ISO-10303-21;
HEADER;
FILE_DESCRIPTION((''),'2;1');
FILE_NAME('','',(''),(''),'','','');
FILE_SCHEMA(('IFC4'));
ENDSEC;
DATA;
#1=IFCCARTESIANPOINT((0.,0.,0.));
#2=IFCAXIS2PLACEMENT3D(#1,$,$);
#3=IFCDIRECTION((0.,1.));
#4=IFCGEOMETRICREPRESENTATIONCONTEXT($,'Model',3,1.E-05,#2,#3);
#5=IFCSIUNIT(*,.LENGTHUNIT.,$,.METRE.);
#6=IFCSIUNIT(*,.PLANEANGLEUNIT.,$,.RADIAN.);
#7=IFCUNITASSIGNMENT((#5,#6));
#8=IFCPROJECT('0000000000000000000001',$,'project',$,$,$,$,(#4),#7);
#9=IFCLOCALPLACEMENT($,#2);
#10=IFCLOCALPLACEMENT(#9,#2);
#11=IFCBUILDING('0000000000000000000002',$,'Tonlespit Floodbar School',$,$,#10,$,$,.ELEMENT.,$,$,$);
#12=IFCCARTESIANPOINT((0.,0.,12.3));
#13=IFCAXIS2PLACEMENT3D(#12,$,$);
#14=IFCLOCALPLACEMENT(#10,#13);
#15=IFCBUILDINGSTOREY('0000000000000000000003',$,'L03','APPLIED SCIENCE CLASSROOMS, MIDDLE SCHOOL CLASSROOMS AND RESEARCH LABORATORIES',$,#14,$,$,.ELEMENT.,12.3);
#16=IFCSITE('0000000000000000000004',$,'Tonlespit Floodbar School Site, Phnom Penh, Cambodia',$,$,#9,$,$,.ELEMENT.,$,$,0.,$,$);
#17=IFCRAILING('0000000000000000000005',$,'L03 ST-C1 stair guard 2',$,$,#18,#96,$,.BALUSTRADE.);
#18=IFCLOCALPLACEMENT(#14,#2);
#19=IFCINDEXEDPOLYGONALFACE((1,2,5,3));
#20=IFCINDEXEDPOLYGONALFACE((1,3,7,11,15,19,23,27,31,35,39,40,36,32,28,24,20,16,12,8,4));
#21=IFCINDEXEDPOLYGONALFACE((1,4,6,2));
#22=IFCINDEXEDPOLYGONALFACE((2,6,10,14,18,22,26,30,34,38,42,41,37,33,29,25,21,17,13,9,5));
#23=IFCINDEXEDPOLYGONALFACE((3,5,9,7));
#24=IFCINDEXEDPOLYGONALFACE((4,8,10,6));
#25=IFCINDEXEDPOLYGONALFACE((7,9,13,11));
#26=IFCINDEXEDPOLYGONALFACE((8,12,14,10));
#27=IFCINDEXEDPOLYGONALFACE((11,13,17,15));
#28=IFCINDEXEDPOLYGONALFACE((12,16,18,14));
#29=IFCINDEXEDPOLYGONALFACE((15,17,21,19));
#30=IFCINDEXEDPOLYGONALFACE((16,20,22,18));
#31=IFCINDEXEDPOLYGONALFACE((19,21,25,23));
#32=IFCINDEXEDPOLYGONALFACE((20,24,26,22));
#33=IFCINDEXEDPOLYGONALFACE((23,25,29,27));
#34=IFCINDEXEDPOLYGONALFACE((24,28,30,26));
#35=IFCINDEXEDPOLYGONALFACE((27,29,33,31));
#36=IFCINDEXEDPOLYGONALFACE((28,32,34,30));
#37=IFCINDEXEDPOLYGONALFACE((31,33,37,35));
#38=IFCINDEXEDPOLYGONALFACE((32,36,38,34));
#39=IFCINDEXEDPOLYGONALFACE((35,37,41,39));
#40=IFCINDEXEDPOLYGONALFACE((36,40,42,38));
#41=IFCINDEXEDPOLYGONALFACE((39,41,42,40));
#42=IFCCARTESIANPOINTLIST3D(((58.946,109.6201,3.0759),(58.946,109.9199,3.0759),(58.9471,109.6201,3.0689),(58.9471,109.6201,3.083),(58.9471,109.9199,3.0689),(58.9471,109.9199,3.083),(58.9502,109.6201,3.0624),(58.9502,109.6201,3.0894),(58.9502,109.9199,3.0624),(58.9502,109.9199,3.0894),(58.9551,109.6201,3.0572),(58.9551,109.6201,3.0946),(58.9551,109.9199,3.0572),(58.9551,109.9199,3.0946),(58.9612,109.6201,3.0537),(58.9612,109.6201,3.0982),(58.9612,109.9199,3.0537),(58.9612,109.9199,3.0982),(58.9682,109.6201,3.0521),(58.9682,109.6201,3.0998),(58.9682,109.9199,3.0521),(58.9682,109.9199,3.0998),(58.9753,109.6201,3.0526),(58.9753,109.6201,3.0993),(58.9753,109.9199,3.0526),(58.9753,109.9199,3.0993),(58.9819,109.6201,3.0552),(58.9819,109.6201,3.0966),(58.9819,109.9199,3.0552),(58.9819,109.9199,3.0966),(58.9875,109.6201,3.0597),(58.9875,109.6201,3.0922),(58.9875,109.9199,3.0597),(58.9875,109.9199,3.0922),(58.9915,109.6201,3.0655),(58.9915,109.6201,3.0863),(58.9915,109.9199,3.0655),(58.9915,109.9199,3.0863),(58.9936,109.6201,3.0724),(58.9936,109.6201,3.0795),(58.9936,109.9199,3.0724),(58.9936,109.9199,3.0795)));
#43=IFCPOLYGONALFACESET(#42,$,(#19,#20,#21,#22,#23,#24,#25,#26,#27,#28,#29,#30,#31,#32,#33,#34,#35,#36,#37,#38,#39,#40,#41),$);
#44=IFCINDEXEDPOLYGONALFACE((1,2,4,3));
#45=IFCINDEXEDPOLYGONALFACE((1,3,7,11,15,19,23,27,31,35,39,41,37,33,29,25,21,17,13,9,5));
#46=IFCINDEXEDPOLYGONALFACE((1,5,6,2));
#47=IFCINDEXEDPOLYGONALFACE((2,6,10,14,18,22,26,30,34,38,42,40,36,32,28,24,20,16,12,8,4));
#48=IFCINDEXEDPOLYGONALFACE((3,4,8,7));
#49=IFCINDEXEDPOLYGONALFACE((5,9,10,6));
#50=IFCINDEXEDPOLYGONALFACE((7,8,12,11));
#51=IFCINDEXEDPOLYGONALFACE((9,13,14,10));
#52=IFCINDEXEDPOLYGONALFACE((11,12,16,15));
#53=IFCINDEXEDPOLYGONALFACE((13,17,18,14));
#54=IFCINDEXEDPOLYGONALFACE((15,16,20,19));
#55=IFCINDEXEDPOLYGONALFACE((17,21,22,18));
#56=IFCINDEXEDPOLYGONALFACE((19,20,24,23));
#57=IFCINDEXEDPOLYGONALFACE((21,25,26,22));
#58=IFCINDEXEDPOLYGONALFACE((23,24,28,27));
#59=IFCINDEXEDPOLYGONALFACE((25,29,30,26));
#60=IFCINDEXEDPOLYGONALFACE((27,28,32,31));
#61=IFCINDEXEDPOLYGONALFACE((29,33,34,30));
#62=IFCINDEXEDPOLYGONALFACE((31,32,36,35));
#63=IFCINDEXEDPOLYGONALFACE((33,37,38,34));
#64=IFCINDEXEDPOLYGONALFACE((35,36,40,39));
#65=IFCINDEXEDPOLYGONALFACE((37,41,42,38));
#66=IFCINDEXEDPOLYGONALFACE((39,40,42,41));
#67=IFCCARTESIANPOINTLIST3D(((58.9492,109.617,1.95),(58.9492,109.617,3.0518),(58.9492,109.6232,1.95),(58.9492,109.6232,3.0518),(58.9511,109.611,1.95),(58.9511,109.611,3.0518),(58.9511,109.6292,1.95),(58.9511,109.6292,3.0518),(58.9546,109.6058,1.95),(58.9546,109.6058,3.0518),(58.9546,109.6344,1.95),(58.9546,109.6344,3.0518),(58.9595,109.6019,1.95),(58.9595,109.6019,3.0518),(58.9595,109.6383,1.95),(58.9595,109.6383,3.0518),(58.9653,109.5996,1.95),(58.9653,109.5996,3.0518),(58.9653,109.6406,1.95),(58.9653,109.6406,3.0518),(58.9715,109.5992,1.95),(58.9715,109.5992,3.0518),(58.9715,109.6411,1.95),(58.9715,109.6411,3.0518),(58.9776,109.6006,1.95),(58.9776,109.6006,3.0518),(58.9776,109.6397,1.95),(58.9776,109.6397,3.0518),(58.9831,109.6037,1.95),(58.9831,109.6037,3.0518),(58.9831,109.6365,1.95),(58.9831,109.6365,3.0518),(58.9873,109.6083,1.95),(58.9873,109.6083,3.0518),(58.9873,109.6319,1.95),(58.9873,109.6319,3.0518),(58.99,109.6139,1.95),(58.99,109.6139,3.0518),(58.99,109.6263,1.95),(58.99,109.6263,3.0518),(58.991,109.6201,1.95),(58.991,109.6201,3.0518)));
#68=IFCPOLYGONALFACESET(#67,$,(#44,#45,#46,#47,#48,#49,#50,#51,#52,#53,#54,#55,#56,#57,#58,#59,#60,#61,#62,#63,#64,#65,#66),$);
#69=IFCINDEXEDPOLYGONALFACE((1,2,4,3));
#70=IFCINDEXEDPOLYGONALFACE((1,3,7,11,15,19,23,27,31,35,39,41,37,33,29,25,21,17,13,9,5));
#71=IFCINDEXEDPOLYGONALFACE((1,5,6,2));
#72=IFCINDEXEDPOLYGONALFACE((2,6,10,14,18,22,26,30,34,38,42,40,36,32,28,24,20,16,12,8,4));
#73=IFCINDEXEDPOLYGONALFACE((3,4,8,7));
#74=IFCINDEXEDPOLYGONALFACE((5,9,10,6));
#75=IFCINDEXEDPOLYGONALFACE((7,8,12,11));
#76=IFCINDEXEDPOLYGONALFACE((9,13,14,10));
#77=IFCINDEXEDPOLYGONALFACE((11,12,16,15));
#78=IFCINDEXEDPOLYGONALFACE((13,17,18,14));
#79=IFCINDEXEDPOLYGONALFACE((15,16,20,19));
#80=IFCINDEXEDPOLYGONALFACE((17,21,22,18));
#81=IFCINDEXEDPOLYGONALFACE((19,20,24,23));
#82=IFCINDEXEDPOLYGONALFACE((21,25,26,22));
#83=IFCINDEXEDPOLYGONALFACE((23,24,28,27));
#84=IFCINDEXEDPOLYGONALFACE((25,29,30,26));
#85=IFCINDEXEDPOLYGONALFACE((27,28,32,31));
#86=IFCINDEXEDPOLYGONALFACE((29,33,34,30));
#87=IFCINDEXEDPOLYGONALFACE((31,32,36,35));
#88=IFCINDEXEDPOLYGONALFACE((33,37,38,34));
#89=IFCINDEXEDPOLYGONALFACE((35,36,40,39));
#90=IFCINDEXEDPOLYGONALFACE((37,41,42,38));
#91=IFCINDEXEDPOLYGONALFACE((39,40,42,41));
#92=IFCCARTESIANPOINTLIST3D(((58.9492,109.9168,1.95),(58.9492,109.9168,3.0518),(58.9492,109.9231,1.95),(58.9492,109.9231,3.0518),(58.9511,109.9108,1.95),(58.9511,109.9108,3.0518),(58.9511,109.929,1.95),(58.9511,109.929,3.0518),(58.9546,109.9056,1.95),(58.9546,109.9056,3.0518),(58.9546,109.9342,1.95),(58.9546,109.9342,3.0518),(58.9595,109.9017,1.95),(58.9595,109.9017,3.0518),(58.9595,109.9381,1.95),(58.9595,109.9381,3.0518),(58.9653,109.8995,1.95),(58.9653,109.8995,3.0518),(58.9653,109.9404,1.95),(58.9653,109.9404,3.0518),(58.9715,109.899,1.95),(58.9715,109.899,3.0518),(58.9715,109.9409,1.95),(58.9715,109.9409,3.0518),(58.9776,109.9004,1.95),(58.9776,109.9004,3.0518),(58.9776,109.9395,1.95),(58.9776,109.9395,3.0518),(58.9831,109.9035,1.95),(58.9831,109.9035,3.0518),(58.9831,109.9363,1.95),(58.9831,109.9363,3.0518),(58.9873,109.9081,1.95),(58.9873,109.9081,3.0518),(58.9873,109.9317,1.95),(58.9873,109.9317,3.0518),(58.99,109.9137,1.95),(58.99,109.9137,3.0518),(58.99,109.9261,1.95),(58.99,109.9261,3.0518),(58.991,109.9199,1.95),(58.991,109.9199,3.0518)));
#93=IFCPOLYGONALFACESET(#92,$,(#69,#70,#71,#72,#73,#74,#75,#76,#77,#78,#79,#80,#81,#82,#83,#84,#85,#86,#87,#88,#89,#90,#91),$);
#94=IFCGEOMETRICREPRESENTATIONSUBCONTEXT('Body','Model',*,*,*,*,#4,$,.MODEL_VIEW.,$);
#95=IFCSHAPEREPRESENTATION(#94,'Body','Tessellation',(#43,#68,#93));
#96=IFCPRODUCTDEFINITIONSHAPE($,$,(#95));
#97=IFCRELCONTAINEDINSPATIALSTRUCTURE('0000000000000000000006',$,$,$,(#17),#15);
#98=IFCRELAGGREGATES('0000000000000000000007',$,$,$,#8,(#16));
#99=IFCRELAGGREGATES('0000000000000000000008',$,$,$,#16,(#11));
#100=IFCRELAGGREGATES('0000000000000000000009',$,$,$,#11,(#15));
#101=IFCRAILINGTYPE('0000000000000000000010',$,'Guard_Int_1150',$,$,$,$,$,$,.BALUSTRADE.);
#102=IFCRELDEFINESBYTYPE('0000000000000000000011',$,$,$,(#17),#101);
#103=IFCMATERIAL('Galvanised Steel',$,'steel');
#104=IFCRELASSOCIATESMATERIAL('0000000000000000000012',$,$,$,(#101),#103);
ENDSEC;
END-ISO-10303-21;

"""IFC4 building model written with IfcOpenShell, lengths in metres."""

from ifc_helpers import new_model, si_unit, direction, frame, origin, origin_2d, place, context, subcontext, project, spatial, circle, extrude, material, type_object, element, save


model = new_model("IFC4")

# Units and contexts
model_context = context("Model", 3, precision=1e-05, world=origin(), true_north=direction((0.0, 1.0)))
body_context = subcontext(model_context, "Body", "Model", "MODEL_VIEW")
ifc_project = project(units=[si_unit("LENGTHUNIT", "METRE"), si_unit("PLANEANGLEUNIT", "RADIAN")], contexts=[model_context])

# Site, building, storey
site_placement = place(None, origin())
site = spatial("IfcSite", under=ifc_project, at=site_placement, Name="Tonlespit Floodbar School Site, Phnom Penh, Cambodia", CompositionType="ELEMENT", RefElevation=0.0)
building_placement = place(site_placement, origin())
building = spatial("IfcBuilding", under=site, at=building_placement, Name="Tonlespit Floodbar School", CompositionType="ELEMENT")
storey_placement = place(building_placement, frame((0.0, 0.0, 12.3)))
storey = spatial("IfcBuildingStorey", under=building, at=storey_placement, Name="L03", Description="APPLIED SCIENCE CLASSROOMS, MIDDLE SCHOOL CLASSROOMS AND RESEARCH LABORATORIES", CompositionType="ELEMENT", Elevation=12.3)

# Shared definitions
ifc_material_1 = material(Name="Galvanised Steel", Category="steel")

# Railing
railing_type_1 = type_object("IfcRailingType", Name="Guard_Int_1150", PredefinedType="BALUSTRADE", material=ifc_material_1)
railing_1_placement = place(storey_placement, frame((58.97, 109.6201, 1.95)))
element("IfcRailing", 1, at=railing_1_placement, inside=storey, type_object=railing_type_1, Name="L03 ST-C1 stair guard 2", PredefinedType="BALUSTRADE", context=body_context, shape_type="SweptSolid", body=[
    extrude(circle(Radius=0.0239, at=origin_2d()), frame((0.0, 0.0, 1.126), z_axis=(0.0, 1.0, 0.0), x_axis=(-1.0, 0.0, 0.0)), (0.0, 0.0, 1.0), 0.2998),
    extrude(circle(Radius=0.021, at=origin_2d()), origin(), (0.0, 0.0, 1.0), 1.1018),
    extrude(circle(Radius=0.021, at=origin_2d()), frame((0.0, 0.2998, 0.0)), (0.0, 0.0, 1.0), 1.1018),
])

save(model, "model.ifc")
